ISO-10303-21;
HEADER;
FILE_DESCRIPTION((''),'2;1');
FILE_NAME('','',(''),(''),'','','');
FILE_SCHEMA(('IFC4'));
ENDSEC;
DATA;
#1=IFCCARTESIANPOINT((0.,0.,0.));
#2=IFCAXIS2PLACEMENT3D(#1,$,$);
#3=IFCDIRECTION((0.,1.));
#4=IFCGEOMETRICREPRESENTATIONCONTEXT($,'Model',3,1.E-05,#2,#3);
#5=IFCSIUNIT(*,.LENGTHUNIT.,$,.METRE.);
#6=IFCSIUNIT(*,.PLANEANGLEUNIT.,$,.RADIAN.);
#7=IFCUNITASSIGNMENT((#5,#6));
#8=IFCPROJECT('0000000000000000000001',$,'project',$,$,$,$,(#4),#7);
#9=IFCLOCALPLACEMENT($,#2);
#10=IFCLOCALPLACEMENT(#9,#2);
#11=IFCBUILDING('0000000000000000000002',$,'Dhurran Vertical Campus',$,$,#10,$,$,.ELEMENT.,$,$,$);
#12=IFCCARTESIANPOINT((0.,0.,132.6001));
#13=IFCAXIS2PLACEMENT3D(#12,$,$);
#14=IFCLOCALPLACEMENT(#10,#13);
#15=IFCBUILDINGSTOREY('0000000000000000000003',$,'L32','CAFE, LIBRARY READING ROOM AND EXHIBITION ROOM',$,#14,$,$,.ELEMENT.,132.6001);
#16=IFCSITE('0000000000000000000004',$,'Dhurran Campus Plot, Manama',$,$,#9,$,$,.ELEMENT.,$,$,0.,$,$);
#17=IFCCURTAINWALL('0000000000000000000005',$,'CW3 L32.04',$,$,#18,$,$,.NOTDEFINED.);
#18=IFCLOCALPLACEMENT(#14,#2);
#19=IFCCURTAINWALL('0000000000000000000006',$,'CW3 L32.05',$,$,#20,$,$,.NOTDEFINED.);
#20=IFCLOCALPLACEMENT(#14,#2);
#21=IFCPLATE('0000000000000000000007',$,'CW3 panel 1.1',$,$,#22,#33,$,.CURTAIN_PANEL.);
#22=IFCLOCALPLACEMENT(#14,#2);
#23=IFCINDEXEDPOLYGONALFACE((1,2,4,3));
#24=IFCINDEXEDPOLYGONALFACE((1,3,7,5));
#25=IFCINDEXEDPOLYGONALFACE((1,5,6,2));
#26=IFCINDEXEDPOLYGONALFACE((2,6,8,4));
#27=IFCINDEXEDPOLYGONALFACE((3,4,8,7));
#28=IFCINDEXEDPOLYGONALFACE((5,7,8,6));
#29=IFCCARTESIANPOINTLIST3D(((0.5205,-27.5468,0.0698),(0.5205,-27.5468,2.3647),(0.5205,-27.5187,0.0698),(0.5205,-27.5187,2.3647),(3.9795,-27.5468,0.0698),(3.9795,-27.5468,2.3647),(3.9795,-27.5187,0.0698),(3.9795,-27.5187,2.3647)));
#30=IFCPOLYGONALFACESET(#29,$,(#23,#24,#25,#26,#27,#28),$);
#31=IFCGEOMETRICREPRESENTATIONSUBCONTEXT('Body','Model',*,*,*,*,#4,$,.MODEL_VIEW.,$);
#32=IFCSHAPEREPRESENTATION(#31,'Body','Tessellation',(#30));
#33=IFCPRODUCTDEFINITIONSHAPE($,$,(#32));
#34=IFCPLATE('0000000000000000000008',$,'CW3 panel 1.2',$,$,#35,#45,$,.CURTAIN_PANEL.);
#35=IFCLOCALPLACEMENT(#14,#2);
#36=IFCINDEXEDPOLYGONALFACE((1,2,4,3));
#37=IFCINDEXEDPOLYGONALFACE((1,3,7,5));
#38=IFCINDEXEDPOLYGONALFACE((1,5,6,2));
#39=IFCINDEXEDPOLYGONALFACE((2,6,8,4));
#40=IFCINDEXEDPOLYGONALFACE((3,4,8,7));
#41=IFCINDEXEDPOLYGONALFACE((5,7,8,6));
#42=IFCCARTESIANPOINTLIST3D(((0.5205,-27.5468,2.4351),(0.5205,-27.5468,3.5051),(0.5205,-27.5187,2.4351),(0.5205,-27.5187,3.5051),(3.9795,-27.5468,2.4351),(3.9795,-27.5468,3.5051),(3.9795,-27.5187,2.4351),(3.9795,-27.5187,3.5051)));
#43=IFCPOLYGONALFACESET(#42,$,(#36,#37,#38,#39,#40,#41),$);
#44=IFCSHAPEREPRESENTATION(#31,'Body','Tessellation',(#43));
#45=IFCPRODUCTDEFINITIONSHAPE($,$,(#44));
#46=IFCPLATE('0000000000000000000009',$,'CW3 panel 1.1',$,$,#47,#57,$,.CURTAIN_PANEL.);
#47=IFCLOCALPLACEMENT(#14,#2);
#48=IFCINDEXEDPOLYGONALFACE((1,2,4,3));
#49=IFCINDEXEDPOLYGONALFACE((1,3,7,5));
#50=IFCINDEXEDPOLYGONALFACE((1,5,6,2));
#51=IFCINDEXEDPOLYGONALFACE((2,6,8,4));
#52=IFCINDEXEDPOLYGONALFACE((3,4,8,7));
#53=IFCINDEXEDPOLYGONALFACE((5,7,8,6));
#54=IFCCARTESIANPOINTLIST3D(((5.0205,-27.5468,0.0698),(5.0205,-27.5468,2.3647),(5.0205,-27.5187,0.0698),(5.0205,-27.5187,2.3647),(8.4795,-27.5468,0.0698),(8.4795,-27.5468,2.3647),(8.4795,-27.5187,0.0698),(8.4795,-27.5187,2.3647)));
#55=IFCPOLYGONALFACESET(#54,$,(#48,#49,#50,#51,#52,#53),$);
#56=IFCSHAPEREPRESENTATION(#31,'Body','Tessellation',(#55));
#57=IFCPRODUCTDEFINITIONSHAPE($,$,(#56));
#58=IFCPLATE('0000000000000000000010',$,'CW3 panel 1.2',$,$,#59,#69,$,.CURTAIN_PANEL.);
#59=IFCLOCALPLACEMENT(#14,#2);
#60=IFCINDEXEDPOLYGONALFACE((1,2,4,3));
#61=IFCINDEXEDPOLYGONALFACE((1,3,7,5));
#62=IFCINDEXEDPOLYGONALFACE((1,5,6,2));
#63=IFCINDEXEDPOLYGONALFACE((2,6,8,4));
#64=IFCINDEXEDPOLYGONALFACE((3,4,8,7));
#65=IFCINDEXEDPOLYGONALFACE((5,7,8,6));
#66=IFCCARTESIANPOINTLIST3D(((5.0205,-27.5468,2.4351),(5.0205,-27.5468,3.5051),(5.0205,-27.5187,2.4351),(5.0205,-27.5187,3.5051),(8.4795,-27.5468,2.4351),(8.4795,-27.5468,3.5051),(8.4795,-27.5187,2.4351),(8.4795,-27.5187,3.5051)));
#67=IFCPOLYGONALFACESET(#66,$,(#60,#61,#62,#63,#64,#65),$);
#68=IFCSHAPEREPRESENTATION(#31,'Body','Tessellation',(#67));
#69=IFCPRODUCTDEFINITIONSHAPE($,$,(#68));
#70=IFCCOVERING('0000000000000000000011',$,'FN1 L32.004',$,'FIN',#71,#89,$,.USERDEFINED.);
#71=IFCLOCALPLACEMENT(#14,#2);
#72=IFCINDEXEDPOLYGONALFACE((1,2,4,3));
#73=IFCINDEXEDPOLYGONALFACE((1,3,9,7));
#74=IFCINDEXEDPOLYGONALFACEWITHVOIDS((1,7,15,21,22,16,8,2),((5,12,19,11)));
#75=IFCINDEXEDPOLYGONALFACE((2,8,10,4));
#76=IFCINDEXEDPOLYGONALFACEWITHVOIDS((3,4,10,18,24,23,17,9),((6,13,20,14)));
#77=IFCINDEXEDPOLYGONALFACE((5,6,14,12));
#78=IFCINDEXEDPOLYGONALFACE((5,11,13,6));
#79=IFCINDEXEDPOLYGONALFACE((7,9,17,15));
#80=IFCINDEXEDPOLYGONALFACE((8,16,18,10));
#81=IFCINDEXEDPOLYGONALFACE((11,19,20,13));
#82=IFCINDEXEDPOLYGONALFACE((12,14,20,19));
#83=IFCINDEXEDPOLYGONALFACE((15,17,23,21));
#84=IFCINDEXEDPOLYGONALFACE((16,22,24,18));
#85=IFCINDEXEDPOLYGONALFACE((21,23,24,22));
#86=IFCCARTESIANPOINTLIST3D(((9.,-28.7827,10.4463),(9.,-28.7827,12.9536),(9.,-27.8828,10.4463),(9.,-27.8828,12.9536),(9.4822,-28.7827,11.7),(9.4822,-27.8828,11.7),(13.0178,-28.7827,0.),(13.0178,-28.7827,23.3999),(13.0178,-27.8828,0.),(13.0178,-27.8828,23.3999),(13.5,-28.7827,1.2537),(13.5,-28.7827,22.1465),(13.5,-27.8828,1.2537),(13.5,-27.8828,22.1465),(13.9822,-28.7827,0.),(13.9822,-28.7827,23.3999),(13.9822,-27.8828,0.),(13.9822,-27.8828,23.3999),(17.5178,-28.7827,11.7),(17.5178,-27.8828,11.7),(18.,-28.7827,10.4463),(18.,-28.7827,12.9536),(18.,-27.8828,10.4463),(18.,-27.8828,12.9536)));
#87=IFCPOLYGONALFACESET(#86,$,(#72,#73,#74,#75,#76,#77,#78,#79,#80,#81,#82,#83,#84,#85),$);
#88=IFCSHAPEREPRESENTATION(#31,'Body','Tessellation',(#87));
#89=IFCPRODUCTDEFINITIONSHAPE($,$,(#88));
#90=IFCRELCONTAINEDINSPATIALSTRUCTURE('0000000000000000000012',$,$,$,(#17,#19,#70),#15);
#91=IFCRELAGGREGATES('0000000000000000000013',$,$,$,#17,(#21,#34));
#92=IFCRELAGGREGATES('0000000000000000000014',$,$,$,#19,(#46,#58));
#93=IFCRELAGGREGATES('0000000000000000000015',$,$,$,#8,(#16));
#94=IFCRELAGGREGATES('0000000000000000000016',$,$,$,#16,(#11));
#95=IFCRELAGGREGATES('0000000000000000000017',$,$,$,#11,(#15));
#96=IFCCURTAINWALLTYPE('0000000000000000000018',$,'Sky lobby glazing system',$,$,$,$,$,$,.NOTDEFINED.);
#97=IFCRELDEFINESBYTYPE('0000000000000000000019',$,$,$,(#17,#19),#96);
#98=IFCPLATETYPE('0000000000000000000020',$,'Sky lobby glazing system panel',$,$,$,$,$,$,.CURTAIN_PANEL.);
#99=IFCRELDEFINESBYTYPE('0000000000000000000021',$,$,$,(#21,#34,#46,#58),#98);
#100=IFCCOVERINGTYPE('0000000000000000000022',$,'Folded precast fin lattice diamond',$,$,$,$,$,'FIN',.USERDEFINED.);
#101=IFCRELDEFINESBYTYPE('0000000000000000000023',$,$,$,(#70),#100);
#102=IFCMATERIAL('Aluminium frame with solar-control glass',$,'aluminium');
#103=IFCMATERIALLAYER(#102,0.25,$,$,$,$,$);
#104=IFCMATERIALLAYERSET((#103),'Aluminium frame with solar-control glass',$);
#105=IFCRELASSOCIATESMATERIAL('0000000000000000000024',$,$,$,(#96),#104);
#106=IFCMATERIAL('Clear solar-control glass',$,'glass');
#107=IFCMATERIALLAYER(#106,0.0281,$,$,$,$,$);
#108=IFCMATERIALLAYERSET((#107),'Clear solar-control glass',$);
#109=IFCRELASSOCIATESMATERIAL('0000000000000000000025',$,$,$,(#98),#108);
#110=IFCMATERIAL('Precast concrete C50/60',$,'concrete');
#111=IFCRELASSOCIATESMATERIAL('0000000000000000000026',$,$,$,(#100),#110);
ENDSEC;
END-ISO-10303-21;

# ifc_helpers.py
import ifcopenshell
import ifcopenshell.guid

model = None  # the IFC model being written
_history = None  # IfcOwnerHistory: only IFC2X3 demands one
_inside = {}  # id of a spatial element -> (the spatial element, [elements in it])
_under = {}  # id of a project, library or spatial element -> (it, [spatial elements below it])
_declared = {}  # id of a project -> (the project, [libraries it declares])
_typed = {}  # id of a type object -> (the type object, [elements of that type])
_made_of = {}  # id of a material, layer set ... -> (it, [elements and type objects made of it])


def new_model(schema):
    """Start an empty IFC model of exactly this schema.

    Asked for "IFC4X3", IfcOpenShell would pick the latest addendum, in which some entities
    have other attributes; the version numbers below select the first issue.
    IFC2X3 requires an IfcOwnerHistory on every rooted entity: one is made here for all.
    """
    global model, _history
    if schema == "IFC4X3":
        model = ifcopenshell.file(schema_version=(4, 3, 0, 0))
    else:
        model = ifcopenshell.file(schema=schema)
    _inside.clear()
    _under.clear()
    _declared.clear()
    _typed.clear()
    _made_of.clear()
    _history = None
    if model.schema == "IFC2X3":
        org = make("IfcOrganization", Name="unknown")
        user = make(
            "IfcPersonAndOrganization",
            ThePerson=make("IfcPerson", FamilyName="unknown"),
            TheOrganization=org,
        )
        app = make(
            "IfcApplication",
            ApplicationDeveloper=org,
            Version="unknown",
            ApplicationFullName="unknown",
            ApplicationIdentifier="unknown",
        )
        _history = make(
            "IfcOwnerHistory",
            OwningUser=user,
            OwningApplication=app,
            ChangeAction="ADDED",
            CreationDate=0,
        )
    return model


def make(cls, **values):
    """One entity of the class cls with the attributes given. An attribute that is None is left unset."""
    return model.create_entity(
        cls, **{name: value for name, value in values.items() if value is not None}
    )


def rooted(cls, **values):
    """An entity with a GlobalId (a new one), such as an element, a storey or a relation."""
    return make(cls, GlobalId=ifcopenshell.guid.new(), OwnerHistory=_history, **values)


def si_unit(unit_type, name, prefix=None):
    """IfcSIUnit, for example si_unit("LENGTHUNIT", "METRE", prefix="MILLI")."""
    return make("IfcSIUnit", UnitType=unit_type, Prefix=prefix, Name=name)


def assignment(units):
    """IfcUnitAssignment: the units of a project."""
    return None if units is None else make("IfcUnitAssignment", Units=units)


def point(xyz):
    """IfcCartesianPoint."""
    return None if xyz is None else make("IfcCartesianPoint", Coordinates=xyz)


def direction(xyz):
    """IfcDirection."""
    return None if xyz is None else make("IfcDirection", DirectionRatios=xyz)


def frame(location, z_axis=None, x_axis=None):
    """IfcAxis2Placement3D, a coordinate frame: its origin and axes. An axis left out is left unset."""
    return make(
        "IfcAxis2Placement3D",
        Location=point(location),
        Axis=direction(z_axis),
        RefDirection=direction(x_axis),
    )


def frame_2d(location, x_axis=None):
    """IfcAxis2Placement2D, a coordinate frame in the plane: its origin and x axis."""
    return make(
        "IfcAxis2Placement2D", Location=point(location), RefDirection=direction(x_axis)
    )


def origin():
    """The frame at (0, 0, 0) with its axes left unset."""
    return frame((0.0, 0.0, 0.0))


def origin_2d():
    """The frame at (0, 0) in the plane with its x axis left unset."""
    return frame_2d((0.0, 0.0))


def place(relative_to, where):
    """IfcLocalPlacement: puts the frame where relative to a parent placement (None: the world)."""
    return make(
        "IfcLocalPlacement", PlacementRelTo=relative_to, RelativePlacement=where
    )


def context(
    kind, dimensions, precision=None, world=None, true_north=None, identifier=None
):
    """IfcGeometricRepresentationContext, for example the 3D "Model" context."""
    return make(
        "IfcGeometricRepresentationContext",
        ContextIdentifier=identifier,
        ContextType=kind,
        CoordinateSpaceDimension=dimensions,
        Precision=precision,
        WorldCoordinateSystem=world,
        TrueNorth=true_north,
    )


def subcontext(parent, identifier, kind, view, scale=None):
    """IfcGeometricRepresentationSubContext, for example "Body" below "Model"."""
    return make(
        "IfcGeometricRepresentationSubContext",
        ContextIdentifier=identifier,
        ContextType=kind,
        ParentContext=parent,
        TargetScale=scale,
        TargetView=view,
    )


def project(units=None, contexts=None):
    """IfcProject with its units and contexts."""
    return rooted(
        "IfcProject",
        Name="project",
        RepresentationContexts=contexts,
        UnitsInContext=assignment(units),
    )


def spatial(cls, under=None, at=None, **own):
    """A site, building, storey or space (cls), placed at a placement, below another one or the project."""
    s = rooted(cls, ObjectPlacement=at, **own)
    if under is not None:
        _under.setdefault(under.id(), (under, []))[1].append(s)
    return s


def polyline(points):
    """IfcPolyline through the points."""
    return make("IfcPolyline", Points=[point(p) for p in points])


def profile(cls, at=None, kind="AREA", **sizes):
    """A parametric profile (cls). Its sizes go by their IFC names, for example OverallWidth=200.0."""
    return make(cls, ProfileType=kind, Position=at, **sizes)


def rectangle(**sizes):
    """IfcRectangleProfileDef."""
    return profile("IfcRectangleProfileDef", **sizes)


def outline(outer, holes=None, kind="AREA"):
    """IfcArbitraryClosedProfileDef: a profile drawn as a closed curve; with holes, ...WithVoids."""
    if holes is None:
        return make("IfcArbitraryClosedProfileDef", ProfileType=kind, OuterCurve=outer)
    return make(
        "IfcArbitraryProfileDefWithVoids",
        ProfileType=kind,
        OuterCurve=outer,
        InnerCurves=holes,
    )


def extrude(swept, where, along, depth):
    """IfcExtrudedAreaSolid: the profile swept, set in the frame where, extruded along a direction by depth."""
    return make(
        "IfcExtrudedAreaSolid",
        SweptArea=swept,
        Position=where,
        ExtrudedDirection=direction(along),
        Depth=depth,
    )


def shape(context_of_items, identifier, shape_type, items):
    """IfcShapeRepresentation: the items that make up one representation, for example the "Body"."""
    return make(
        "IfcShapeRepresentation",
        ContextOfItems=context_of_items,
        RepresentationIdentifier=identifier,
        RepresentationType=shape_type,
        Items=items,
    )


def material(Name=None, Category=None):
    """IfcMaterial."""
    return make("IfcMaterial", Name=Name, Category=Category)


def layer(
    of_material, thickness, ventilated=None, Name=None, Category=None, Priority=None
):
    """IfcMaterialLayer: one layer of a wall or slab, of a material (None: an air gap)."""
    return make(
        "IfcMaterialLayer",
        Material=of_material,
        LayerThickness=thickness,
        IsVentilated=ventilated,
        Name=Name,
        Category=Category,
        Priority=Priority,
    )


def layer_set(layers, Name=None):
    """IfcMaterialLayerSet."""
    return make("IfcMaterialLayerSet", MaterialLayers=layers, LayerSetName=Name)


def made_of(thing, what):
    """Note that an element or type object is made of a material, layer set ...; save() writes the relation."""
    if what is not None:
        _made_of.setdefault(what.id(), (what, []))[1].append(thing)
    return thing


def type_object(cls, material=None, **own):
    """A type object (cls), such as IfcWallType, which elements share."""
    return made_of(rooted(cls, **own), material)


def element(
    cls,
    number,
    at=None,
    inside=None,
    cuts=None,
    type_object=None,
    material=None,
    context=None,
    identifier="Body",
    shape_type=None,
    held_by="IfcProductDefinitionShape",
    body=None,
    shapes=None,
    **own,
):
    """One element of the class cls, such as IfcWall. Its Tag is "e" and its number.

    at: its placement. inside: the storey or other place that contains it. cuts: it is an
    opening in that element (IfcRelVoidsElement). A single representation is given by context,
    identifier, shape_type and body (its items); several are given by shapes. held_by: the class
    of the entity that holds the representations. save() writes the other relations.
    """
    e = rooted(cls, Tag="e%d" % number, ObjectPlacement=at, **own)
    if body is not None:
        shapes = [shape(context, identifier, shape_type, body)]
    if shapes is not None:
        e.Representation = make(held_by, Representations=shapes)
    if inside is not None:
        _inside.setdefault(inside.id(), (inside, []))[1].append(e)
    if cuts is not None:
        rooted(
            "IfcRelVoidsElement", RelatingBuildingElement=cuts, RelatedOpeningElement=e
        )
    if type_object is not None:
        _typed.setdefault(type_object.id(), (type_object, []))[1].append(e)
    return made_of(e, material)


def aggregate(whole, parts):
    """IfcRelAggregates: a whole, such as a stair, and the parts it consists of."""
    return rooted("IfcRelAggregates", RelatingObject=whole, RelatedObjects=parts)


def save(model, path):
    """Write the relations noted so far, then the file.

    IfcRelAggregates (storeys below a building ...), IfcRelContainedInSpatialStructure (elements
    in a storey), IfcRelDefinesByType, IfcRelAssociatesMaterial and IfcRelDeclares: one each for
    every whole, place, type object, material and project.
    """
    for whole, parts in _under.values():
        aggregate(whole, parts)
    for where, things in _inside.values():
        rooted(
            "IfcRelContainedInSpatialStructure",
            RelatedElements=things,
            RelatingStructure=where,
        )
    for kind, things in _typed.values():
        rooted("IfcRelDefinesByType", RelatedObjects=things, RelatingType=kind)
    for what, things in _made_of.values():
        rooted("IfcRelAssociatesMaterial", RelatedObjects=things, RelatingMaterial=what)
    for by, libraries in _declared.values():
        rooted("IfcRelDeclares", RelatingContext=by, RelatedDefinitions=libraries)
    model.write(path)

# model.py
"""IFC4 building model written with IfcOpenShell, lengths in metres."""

from ifc_helpers import new_model, si_unit, direction, frame, origin, origin_2d, place, context, subcontext, project, spatial, polyline, rectangle, outline, extrude, material, layer, layer_set, type_object, element, aggregate, save


model = new_model("IFC4")

# Units and contexts
model_context = context("Model", 3, precision=1e-05, world=origin(), true_north=direction((0.0, 1.0)))
body_context = subcontext(model_context, "Body", "Model", "MODEL_VIEW")
ifc_project = project(units=[si_unit("LENGTHUNIT", "METRE"), si_unit("PLANEANGLEUNIT", "RADIAN")], contexts=[model_context])

# Site, building, storey
site_placement = place(None, origin())
site = spatial("IfcSite", under=ifc_project, at=site_placement, Name="Dhurran Campus Plot, Manama", CompositionType="ELEMENT", RefElevation=0.0)
building_placement = place(site_placement, origin())
building = spatial("IfcBuilding", under=site, at=building_placement, Name="Dhurran Vertical Campus", CompositionType="ELEMENT")
storey_placement = place(building_placement, frame((0.0, 0.0, 132.6001)))
storey = spatial("IfcBuildingStorey", under=building, at=storey_placement, Name="L32", Description="CAFE, LIBRARY READING ROOM AND EXHIBITION ROOM", CompositionType="ELEMENT", Elevation=132.6001)

# Curtain walls
ifc_material_1 = material(Name="Aluminium frame with solar-control glass", Category="aluminium")
ifc_layer_1 = layer(ifc_material_1, 0.25)
ifc_layer_set_1 = layer_set([ifc_layer_1], Name="Aluminium frame with solar-control glass")
curtain_wall_type = type_object("IfcCurtainWallType", Name="Sky lobby glazing system", PredefinedType="NOTDEFINED", material=ifc_layer_set_1)
curtain_wall_1_placement = place(storey_placement, origin())
curtain_wall_1 = element("IfcCurtainWall", 1, at=curtain_wall_1_placement, inside=storey, type_object=curtain_wall_type, Name="CW3 L32.04", PredefinedType="NOTDEFINED")
curtain_wall_2_placement = place(storey_placement, origin())
curtain_wall_2 = element("IfcCurtainWall", 2, at=curtain_wall_2_placement, inside=storey, type_object=curtain_wall_type, Name="CW3 L32.05", PredefinedType="NOTDEFINED")

# Plates
ifc_material_2 = material(Name="Clear solar-control glass", Category="glass")
ifc_layer_2 = layer(ifc_material_2, 0.0281)
ifc_layer_set_2 = layer_set([ifc_layer_2], Name="Clear solar-control glass")
plate_type = type_object("IfcPlateType", Name="Sky lobby glazing system panel", PredefinedType="CURTAIN_PANEL", material=ifc_layer_set_2)
plate_1_placement = place(storey_placement, frame((2.25, -27.5327, 0.0698), z_axis=(0.0, 0.0, 1.0), x_axis=(1.0, 0.0, 0.0)))
plate_1 = element("IfcPlate", 3, at=plate_1_placement, type_object=plate_type, Name="CW3 panel 1.1", PredefinedType="CURTAIN_PANEL", context=body_context, shape_type="SweptSolid", body=[
    extrude(rectangle(XDim=3.459, YDim=0.0281, at=origin_2d()), origin(), (0.0, 0.0, 1.0), 2.2949),
])
plate_2_placement = place(storey_placement, frame((2.25, -27.5327, 2.4351), z_axis=(0.0, 0.0, 1.0), x_axis=(1.0, 0.0, 0.0)))
plate_2 = element("IfcPlate", 4, at=plate_2_placement, type_object=plate_type, Name="CW3 panel 1.2", PredefinedType="CURTAIN_PANEL", context=body_context, shape_type="SweptSolid", body=[
    extrude(rectangle(XDim=3.459, YDim=0.0281, at=origin_2d()), origin(), (0.0, 0.0, 1.0), 1.0701),
])
aggregate(curtain_wall_1, [plate_1, plate_2])
plate_3_placement = place(storey_placement, frame((6.75, -27.5327, 0.0698), z_axis=(0.0, 0.0, 1.0), x_axis=(1.0, 0.0, 0.0)))
plate_3 = element("IfcPlate", 5, at=plate_3_placement, type_object=plate_type, Name="CW3 panel 1.1", PredefinedType="CURTAIN_PANEL", context=body_context, shape_type="SweptSolid", body=[
    extrude(rectangle(XDim=3.459, YDim=0.0281, at=origin_2d()), origin(), (0.0, 0.0, 1.0), 2.2949),
])
plate_4_placement = place(storey_placement, frame((6.75, -27.5327, 2.4351), z_axis=(0.0, 0.0, 1.0), x_axis=(1.0, 0.0, 0.0)))
plate_4 = element("IfcPlate", 6, at=plate_4_placement, type_object=plate_type, Name="CW3 panel 1.2", PredefinedType="CURTAIN_PANEL", context=body_context, shape_type="SweptSolid", body=[
    extrude(rectangle(XDim=3.459, YDim=0.0281, at=origin_2d()), origin(), (0.0, 0.0, 1.0), 1.0701),
])
aggregate(curtain_wall_2, [plate_3, plate_4])

# Covering
ifc_material_3 = material(Name="Precast concrete C50/60", Category="concrete")
covering_type = type_object("IfcCoveringType", Name="Folded precast fin lattice diamond", ElementType="FIN", PredefinedType="USERDEFINED", material=ifc_material_3)
covering_placement = place(storey_placement, frame((9.0, -27.8828, 0.0), z_axis=(0.0, -1.0, 0.0), x_axis=(1.0, 0.0, 0.0)))
element("IfcCovering", 7, at=covering_placement, inside=storey, type_object=covering_type, Name="FN1 L32.004", ObjectType="FIN", PredefinedType="USERDEFINED", context=body_context, shape_type="SweptSolid", body=[
    extrude(outline(polyline([(9.0, 12.9536), (9.0, 10.4463), (4.9822, 0.0), (4.0178, 0.0), (0.0, 10.4463), (0.0, 12.9536), (4.0178, 23.3999), (4.9822, 23.3999), (9.0, 12.9536)]), holes=[polyline([(8.5178, 11.7), (4.5, 22.1465), (0.4822, 11.7), (4.5, 1.2537), (8.5178, 11.7)])]), origin(), (0.0, 0.0, 1.0), 0.8999),
])

save(model, "model.ifc")
